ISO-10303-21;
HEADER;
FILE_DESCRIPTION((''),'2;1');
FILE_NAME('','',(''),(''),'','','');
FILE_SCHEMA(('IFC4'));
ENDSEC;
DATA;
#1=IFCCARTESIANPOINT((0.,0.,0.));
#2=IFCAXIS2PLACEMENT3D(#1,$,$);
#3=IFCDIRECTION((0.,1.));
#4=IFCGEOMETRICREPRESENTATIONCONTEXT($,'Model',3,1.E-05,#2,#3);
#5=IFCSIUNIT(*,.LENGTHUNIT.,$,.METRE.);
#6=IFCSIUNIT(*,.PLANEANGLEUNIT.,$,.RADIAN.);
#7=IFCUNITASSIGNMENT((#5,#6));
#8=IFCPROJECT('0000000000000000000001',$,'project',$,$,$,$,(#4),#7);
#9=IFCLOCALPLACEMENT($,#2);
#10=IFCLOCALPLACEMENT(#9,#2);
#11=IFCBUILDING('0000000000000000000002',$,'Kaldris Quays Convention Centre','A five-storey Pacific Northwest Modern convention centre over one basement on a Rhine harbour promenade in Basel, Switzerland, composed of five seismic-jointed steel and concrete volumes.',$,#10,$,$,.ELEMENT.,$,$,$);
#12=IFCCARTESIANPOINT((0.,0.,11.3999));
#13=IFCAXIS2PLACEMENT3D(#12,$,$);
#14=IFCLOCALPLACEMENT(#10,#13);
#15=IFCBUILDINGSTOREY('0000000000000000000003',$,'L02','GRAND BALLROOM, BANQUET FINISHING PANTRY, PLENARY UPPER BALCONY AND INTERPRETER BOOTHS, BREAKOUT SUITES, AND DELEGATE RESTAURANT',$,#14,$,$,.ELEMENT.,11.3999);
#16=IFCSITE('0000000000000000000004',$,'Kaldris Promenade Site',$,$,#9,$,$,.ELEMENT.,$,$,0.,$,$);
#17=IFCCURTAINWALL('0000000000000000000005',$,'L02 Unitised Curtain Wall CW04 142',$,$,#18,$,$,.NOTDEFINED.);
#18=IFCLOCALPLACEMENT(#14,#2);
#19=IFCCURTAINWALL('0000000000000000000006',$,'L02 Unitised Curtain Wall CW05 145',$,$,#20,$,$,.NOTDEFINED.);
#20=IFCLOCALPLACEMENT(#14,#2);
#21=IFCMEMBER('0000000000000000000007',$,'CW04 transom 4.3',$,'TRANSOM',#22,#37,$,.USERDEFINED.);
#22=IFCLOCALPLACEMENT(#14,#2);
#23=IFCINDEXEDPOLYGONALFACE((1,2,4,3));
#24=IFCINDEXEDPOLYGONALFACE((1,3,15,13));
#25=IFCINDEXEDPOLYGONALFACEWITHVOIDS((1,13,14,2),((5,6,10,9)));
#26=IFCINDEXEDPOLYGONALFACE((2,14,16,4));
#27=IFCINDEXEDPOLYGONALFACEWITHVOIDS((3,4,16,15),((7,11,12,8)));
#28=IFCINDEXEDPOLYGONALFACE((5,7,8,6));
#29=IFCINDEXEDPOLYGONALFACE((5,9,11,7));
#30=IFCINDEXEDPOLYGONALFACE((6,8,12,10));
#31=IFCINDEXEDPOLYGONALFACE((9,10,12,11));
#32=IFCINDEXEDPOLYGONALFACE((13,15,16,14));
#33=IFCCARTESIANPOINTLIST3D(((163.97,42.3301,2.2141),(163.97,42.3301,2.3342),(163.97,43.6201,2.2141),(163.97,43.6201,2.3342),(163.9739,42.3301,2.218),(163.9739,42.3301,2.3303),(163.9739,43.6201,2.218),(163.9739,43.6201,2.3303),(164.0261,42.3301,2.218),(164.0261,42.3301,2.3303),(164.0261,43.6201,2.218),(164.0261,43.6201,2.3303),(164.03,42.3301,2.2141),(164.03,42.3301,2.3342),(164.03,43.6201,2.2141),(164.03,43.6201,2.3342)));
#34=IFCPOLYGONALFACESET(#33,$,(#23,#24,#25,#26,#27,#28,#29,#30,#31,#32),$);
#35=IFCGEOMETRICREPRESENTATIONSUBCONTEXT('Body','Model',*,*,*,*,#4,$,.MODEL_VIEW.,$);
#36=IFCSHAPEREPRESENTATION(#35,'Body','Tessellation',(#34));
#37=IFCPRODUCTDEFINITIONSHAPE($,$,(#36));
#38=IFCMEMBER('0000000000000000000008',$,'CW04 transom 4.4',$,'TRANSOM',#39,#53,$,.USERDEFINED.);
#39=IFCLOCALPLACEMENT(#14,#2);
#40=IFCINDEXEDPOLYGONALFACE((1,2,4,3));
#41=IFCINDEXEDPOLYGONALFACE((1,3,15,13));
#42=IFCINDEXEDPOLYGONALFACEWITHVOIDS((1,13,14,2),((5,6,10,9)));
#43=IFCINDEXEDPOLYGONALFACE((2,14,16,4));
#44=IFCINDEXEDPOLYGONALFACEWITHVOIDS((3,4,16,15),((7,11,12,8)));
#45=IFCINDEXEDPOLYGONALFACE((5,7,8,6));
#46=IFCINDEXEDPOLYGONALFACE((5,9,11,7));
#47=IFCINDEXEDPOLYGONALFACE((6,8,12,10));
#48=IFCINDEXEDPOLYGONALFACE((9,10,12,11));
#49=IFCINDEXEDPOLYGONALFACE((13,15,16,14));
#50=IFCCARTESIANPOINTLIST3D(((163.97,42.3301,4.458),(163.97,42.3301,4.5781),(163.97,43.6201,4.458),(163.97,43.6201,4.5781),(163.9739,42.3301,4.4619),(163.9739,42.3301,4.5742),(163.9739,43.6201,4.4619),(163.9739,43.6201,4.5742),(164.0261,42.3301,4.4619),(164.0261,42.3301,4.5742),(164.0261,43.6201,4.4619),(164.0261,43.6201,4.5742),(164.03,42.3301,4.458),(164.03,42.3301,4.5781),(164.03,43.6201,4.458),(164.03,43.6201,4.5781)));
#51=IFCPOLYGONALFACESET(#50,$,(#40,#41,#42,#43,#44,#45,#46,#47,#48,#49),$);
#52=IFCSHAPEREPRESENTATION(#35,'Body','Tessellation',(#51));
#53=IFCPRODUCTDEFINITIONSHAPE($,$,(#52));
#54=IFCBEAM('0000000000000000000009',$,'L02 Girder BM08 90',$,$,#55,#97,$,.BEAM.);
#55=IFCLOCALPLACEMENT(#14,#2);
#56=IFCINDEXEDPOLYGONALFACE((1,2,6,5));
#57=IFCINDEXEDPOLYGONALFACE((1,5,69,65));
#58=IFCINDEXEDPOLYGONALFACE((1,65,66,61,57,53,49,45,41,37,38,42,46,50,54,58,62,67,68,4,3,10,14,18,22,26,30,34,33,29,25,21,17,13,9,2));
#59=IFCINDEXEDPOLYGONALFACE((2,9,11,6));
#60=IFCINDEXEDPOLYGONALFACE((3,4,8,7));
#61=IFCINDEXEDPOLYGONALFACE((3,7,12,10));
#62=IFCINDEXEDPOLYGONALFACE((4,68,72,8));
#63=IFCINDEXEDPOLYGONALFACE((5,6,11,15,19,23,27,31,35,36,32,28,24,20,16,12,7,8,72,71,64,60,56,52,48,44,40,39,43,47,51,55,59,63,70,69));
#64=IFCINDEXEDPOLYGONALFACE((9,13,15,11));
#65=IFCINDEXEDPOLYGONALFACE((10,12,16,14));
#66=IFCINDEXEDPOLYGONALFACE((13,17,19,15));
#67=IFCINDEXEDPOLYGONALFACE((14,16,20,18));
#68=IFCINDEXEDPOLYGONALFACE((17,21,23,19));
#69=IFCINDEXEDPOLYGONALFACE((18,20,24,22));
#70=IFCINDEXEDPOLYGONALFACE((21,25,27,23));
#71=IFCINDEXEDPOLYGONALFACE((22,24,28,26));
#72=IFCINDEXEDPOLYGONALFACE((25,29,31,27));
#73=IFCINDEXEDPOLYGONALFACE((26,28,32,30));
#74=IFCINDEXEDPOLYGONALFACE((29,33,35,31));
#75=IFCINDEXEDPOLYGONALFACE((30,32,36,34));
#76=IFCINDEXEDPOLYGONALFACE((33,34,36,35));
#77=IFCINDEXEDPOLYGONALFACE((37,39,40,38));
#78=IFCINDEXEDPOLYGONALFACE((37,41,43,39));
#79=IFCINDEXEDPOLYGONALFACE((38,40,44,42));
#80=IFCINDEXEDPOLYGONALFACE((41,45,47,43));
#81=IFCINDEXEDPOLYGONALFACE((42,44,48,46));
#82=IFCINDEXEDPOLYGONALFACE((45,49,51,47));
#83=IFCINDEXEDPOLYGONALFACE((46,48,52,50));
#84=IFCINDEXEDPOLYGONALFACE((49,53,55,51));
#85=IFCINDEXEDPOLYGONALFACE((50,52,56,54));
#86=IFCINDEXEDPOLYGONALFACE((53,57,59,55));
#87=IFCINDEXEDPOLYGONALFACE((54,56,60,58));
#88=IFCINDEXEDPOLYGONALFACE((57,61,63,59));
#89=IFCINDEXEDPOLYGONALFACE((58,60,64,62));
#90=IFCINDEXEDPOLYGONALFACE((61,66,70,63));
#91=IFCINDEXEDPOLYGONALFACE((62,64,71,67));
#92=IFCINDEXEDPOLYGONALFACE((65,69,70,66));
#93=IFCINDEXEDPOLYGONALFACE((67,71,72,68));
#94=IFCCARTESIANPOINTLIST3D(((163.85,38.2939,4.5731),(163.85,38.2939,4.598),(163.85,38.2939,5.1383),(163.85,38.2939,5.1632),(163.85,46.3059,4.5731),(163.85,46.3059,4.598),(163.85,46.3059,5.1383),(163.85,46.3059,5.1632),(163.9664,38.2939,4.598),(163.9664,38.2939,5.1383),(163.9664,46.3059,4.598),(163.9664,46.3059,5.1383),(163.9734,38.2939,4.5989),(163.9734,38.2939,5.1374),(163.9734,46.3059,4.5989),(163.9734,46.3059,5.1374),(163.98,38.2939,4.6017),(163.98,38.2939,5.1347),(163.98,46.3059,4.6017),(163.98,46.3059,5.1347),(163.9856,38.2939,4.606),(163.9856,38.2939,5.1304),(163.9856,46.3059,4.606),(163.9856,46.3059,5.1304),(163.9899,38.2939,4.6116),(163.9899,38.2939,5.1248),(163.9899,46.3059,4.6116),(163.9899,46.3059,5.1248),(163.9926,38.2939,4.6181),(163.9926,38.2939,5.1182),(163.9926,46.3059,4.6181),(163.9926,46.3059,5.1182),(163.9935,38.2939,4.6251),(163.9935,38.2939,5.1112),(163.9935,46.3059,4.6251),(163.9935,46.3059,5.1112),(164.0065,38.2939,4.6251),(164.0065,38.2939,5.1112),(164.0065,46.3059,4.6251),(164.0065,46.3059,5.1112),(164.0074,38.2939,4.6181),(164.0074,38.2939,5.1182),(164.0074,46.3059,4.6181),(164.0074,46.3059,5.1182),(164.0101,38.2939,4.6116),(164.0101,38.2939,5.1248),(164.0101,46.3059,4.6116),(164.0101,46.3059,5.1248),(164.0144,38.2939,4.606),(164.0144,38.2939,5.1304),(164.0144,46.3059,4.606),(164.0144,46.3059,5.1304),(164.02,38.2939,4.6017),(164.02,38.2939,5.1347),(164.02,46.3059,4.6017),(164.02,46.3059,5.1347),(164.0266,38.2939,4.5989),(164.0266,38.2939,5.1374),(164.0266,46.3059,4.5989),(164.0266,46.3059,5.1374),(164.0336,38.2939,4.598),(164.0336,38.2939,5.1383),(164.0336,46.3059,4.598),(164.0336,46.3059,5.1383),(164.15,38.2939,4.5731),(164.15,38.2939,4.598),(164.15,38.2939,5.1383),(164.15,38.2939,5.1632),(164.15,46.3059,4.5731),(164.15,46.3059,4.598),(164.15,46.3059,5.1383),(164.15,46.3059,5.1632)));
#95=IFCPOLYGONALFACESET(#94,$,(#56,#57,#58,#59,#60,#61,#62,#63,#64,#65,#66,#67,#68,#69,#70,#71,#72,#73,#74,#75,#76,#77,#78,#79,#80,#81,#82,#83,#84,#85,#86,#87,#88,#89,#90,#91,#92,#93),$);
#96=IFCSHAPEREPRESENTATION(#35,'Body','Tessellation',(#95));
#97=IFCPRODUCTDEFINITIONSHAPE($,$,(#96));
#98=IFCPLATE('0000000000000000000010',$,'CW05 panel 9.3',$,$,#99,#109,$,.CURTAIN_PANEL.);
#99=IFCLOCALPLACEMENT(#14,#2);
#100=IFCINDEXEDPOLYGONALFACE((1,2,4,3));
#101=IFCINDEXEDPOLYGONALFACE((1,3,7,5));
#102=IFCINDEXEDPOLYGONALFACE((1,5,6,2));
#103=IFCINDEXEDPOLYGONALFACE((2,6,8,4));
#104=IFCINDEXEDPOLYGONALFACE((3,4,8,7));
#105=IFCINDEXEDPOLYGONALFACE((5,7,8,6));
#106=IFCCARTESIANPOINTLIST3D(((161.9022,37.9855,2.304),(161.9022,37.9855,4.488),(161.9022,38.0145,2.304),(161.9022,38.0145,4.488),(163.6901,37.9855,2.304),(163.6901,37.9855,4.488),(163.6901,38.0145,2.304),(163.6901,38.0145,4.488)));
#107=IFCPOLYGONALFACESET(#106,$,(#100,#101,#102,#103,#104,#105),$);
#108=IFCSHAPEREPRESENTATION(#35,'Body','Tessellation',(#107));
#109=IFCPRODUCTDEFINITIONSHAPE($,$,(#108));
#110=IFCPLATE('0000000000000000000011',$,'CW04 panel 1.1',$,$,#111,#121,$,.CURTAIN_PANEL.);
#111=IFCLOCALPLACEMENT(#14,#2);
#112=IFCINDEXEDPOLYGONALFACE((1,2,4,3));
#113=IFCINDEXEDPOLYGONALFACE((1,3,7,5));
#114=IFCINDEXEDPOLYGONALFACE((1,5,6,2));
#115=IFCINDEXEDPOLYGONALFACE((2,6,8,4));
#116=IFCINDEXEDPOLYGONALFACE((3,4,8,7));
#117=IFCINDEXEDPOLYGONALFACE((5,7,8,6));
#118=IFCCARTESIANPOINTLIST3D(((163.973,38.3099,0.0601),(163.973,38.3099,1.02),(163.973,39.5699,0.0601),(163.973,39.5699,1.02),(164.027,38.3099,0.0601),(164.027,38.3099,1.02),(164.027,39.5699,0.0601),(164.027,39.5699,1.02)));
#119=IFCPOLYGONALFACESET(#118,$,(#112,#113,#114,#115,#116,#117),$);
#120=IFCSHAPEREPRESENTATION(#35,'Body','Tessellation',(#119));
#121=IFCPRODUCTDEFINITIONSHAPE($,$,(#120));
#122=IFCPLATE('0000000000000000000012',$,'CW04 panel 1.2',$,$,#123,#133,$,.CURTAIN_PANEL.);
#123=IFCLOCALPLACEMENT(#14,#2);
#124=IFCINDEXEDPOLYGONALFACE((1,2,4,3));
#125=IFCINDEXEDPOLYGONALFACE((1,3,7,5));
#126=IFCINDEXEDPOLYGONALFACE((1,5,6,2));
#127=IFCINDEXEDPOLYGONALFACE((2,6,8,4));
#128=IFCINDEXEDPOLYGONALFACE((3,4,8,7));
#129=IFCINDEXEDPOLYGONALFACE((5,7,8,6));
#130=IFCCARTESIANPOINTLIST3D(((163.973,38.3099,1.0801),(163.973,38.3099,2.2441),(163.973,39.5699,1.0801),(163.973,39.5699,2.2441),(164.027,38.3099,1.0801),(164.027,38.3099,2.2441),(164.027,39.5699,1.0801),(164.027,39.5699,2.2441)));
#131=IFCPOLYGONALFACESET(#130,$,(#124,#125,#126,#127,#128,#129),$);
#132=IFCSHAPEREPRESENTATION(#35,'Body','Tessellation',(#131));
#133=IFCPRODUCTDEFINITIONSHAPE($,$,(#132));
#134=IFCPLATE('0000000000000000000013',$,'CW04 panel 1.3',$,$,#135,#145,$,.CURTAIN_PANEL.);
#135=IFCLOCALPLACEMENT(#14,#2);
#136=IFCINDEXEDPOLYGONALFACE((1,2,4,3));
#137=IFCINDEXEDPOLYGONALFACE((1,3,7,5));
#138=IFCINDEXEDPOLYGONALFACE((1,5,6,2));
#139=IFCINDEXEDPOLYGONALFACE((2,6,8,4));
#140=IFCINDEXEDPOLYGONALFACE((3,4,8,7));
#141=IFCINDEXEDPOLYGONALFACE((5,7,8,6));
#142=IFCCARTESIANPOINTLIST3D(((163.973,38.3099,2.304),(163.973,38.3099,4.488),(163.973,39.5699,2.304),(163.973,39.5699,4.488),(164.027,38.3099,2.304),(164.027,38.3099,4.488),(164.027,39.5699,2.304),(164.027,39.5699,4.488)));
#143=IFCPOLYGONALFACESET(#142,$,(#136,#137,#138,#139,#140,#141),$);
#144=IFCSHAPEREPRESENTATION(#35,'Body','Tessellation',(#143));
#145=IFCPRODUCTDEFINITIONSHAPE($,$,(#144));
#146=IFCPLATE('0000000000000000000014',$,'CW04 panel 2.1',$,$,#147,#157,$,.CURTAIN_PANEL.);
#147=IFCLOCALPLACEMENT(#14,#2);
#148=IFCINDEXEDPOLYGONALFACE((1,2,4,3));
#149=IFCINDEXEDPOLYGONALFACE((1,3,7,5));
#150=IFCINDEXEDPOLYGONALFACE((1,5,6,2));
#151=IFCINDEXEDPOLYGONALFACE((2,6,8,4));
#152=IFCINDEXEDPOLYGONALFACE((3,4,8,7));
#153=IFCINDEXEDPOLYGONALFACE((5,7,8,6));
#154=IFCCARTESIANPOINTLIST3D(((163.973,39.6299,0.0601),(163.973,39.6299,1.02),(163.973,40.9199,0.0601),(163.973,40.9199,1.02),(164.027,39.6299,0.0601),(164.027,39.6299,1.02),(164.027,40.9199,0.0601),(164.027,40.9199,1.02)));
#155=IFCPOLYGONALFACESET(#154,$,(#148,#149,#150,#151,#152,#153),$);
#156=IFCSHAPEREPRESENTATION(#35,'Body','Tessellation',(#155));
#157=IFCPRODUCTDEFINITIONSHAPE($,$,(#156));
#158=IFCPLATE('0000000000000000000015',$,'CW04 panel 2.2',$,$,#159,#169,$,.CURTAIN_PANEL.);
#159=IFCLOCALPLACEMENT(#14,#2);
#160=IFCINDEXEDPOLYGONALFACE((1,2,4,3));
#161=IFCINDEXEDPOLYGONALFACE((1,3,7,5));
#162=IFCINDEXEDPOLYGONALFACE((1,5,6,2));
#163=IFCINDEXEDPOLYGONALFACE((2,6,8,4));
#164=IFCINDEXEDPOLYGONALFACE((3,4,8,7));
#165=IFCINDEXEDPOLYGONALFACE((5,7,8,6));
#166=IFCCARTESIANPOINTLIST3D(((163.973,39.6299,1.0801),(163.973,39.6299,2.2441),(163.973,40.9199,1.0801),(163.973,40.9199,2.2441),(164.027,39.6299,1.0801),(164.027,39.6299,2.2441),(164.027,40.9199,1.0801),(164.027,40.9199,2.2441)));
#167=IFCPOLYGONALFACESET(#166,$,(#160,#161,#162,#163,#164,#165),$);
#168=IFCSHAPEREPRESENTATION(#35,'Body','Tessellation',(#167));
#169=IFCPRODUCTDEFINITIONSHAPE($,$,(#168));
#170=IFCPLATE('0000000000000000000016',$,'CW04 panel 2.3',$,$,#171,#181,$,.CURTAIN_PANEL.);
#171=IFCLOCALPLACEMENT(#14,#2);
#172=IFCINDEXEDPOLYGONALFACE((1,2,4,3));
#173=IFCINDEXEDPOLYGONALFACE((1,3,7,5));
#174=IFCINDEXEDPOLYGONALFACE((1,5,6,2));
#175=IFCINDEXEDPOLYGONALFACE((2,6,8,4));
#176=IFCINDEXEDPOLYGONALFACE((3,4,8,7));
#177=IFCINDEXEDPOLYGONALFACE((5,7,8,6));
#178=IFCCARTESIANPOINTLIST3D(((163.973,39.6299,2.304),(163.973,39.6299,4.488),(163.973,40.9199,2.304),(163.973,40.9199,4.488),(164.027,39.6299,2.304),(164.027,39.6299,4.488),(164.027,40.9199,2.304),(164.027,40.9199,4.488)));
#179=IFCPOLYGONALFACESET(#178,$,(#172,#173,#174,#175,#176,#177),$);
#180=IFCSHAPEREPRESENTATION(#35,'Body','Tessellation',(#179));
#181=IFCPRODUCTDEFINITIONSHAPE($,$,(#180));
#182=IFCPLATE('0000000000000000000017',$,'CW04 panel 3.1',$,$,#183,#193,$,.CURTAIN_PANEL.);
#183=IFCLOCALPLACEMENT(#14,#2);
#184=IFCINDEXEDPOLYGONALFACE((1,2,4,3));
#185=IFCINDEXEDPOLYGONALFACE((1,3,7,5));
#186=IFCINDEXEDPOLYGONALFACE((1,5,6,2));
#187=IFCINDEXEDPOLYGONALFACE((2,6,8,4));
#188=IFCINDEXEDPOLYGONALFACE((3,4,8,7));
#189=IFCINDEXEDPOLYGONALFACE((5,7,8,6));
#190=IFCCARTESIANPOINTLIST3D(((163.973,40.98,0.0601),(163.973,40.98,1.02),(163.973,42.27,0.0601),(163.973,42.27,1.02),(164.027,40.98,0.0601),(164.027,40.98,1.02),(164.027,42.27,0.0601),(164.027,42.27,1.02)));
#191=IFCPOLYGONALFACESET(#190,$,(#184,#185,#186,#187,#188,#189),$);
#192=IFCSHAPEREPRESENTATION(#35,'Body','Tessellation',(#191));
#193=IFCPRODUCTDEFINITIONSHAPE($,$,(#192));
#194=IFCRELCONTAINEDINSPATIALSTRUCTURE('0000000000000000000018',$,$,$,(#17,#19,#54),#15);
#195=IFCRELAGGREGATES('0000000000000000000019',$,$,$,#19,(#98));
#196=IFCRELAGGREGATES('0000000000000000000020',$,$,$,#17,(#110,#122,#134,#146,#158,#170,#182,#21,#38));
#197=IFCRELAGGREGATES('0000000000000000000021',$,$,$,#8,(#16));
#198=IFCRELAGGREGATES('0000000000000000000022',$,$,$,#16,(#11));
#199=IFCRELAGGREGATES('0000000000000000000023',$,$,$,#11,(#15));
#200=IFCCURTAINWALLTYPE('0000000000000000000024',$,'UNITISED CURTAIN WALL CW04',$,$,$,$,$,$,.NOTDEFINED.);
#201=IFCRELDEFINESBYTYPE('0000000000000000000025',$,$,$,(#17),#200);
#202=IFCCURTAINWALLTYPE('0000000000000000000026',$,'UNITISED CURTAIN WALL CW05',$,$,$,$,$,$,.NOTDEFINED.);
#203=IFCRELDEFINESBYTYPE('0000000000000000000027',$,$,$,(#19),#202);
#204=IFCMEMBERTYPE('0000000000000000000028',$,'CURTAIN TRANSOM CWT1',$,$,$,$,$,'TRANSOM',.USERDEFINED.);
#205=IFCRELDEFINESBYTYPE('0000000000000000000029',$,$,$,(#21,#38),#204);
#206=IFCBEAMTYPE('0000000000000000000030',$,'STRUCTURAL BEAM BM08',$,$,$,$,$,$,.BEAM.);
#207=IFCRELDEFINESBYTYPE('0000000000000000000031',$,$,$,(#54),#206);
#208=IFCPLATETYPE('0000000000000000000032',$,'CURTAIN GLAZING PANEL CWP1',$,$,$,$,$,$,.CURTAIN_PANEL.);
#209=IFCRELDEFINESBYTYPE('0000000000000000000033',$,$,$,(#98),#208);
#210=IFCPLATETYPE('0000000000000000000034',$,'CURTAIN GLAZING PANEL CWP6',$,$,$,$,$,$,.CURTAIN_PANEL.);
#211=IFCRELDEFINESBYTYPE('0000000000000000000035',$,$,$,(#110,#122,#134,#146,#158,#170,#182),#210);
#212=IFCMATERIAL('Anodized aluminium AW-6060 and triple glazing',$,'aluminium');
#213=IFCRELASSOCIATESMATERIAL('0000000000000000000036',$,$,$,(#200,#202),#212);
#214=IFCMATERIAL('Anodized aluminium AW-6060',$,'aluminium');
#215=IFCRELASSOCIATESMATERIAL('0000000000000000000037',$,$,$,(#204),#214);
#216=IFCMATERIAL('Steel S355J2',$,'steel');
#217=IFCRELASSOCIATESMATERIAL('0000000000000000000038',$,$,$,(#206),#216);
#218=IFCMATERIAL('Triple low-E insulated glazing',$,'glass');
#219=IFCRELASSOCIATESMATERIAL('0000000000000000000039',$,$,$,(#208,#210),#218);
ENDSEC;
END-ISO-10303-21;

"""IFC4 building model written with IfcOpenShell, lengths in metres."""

from ifc_helpers import new_model, si_unit, direction, frame, origin, origin_2d, place, context, subcontext, project, spatial, rectangle, hollow_rectangle, i_section, extrude, material, material_profile, profile_set, type_object, element, aggregate, save


model = new_model("IFC4")

# Units and contexts
model_context = context("Model", 3, precision=1e-05, world=origin(), true_north=direction((0.0, 1.0)))
body_context = subcontext(model_context, "Body", "Model", "MODEL_VIEW")
ifc_project = project(units=[si_unit("LENGTHUNIT", "METRE"), si_unit("PLANEANGLEUNIT", "RADIAN")], contexts=[model_context])

# Site, building, storey
site_placement = place(None, origin())
site = spatial("IfcSite", under=ifc_project, at=site_placement, Name="Kaldris Promenade Site", CompositionType="ELEMENT", RefElevation=0.0)
building_placement = place(site_placement, origin())
building = spatial("IfcBuilding", under=site, at=building_placement, Name="Kaldris Quays Convention Centre", Description="A five-storey Pacific Northwest Modern convention centre over one basement on a Rhine harbour promenade in Basel, Switzerland, composed of five seismic-jointed steel and concrete volumes.", CompositionType="ELEMENT")
storey_placement = place(building_placement, frame((0.0, 0.0, 11.3999)))
storey = spatial("IfcBuildingStorey", under=building, at=storey_placement, Name="L02", Description="GRAND BALLROOM, BANQUET FINISHING PANTRY, PLENARY UPPER BALCONY AND INTERPRETER BOOTHS, BREAKOUT SUITES, AND DELEGATE RESTAURANT", CompositionType="ELEMENT", Elevation=11.3999)

# Shared definitions
ifc_material_1 = material(Name="Steel S355J2", Category="steel")

# Curtain wall
ifc_material_2 = material(Name="Anodized aluminium AW-6060 and triple glazing", Category="aluminium")
curtain_wall_type_1 = type_object("IfcCurtainWallType", Name="UNITISED CURTAIN WALL CW04", PredefinedType="NOTDEFINED", material=ifc_material_2)
curtain_wall_1_placement = place(storey_placement, origin())
curtain_wall_1 = element("IfcCurtainWall", 1, at=curtain_wall_1_placement, inside=storey, type_object=curtain_wall_type_1, Name="L02 Unitised Curtain Wall CW04 142", PredefinedType="NOTDEFINED")
ifc_material_3 = material(Name="Anodized aluminium AW-6060", Category="aluminium")

# Curtain wall
curtain_wall_type_2 = type_object("IfcCurtainWallType", Name="UNITISED CURTAIN WALL CW05", PredefinedType="NOTDEFINED", material=ifc_material_2)
curtain_wall_2_placement = place(storey_placement, origin())
curtain_wall_2 = element("IfcCurtainWall", 2, at=curtain_wall_2_placement, inside=storey, type_object=curtain_wall_type_2, Name="L02 Unitised Curtain Wall CW05 145", PredefinedType="NOTDEFINED")

# Members
ifc_material_profile_1 = material_profile(ifc_material_3, hollow_rectangle(XDim=0.0601, YDim=0.1201, WallThickness=0.0039, at=origin_2d()), Name="RHS 120x60x4")
ifc_profile_set_1 = profile_set([ifc_material_profile_1], Name="Anodized aluminium AW-6060")
member_type_1 = type_object("IfcMemberType", Name="CURTAIN TRANSOM CWT1", ElementType="TRANSOM", PredefinedType="USERDEFINED", material=ifc_profile_set_1)
member_1_placement = place(storey_placement, frame((164.0, 42.3301, 2.2742), z_axis=(0.0, 1.0, 0.0), x_axis=(-1.0, 0.0, 0.0)))
member_1 = element("IfcMember", 3, at=member_1_placement, type_object=member_type_1, Name="CW04 transom 4.3", ObjectType="TRANSOM", PredefinedType="USERDEFINED", context=body_context, shape_type="SweptSolid", body=[
    extrude(hollow_rectangle(XDim=0.0601, YDim=0.1201, WallThickness=0.0039, at=origin_2d()), origin(), (0.0, 0.0, 1.0), 1.29),
])
member_2_placement = place(storey_placement, frame((164.0, 42.3301, 4.5181), z_axis=(0.0, 1.0, 0.0), x_axis=(-1.0, 0.0, 0.0)))
member_2 = element("IfcMember", 4, at=member_2_placement, type_object=member_type_1, Name="CW04 transom 4.4", ObjectType="TRANSOM", PredefinedType="USERDEFINED", context=body_context, shape_type="SweptSolid", body=[
    extrude(hollow_rectangle(XDim=0.0601, YDim=0.1201, WallThickness=0.0039, at=origin_2d()), origin(), (0.0, 0.0, 1.0), 1.29),
])

# Beam
ifc_material_profile_2 = material_profile(ifc_material_1, i_section(OverallWidth=0.3, OverallDepth=0.5901, WebThickness=0.0129, FlangeThickness=0.0249, FilletRadius=0.0271, at=origin_2d()), Name="HEA 600")
ifc_profile_set_2 = profile_set([ifc_material_profile_2], Name="Steel S355J2")
beam_type = type_object("IfcBeamType", Name="STRUCTURAL BEAM BM08", PredefinedType="BEAM", material=ifc_profile_set_2)
beam_placement = place(storey_placement, frame((164.0, 38.2939, 4.8682), z_axis=(0.0, 1.0, 0.0), x_axis=(-1.0, 0.0, 0.0)))
element("IfcBeam", 5, at=beam_placement, inside=storey, type_object=beam_type, Name="L02 Girder BM08 90", PredefinedType="BEAM", context=body_context, shape_type="SweptSolid", body=[
    extrude(i_section(OverallWidth=0.3, OverallDepth=0.5901, WebThickness=0.0129, FlangeThickness=0.0249, FilletRadius=0.0271, at=origin_2d()), origin(), (0.0, 0.0, 1.0), 8.012),
])

# Plates
ifc_material_4 = material(Name="Triple low-E insulated glazing", Category="glass")
plate_type_1 = type_object("IfcPlateType", Name="CURTAIN GLAZING PANEL CWP1", PredefinedType="CURTAIN_PANEL", material=ifc_material_4)
plate_1_placement = place(storey_placement, frame((162.7961, 38.0, 2.304), z_axis=(0.0, 0.0, 1.0), x_axis=(1.0, 0.0, 0.0)))
plate_1 = element("IfcPlate", 6, at=plate_1_placement, type_object=plate_type_1, Name="CW05 panel 9.3", PredefinedType="CURTAIN_PANEL", context=body_context, shape_type="SweptSolid", body=[
    extrude(rectangle(XDim=1.7878, YDim=0.0291, at=origin_2d()), origin(), (0.0, 0.0, 1.0), 2.1841),
])
aggregate(curtain_wall_2, [plate_1])
plate_type_2 = type_object("IfcPlateType", Name="CURTAIN GLAZING PANEL CWP6", PredefinedType="CURTAIN_PANEL", material=ifc_material_4)
plate_2_placement = place(storey_placement, frame((164.0, 38.9399, 0.0601), z_axis=(0.0, 0.0, 1.0), x_axis=(0.0, 1.0, 0.0)))
plate_2 = element("IfcPlate", 7, at=plate_2_placement, type_object=plate_type_2, Name="CW04 panel 1.1", PredefinedType="CURTAIN_PANEL", context=body_context, shape_type="SweptSolid", body=[
    extrude(rectangle(XDim=1.26, YDim=0.054, at=origin_2d()), origin(), (0.0, 0.0, 1.0), 0.96),
])
plate_3_placement = place(storey_placement, frame((164.0, 38.9399, 1.0801), z_axis=(0.0, 0.0, 1.0), x_axis=(0.0, 1.0, 0.0)))
plate_3 = element("IfcPlate", 8, at=plate_3_placement, type_object=plate_type_2, Name="CW04 panel 1.2", PredefinedType="CURTAIN_PANEL", context=body_context, shape_type="SweptSolid", body=[
    extrude(rectangle(XDim=1.26, YDim=0.054, at=origin_2d()), origin(), (0.0, 0.0, 1.0), 1.1641),
])
plate_4_placement = place(storey_placement, frame((164.0, 38.9399, 2.304), z_axis=(0.0, 0.0, 1.0), x_axis=(0.0, 1.0, 0.0)))
plate_4 = element("IfcPlate", 9, at=plate_4_placement, type_object=plate_type_2, Name="CW04 panel 1.3", PredefinedType="CURTAIN_PANEL", context=body_context, shape_type="SweptSolid", body=[
    extrude(rectangle(XDim=1.26, YDim=0.054, at=origin_2d()), origin(), (0.0, 0.0, 1.0), 2.1841),
])
plate_5_placement = place(storey_placement, frame((164.0, 40.2749, 0.0601), z_axis=(0.0, 0.0, 1.0), x_axis=(0.0, 1.0, 0.0)))
plate_5 = element("IfcPlate", 10, at=plate_5_placement, type_object=plate_type_2, Name="CW04 panel 2.1", PredefinedType="CURTAIN_PANEL", context=body_context, shape_type="SweptSolid", body=[
    extrude(rectangle(XDim=1.29, YDim=0.054, at=origin_2d()), origin(), (0.0, 0.0, 1.0), 0.96),
])
plate_6_placement = place(storey_placement, frame((164.0, 40.2749, 1.0801), z_axis=(0.0, 0.0, 1.0), x_axis=(0.0, 1.0, 0.0)))
plate_6 = element("IfcPlate", 11, at=plate_6_placement, type_object=plate_type_2, Name="CW04 panel 2.2", PredefinedType="CURTAIN_PANEL", context=body_context, shape_type="SweptSolid", body=[
    extrude(rectangle(XDim=1.29, YDim=0.054, at=origin_2d()), origin(), (0.0, 0.0, 1.0), 1.1641),
])
plate_7_placement = place(storey_placement, frame((164.0, 40.2749, 2.304), z_axis=(0.0, 0.0, 1.0), x_axis=(0.0, 1.0, 0.0)))
plate_7 = element("IfcPlate", 12, at=plate_7_placement, type_object=plate_type_2, Name="CW04 panel 2.3", PredefinedType="CURTAIN_PANEL", context=body_context, shape_type="SweptSolid", body=[
    extrude(rectangle(XDim=1.29, YDim=0.054, at=origin_2d()), origin(), (0.0, 0.0, 1.0), 2.1841),
])
plate_8_placement = place(storey_placement, frame((164.0, 41.625, 0.0601), z_axis=(0.0, 0.0, 1.0), x_axis=(0.0, 1.0, 0.0)))
plate_8 = element("IfcPlate", 13, at=plate_8_placement, type_object=plate_type_2, Name="CW04 panel 3.1", PredefinedType="CURTAIN_PANEL", context=body_context, shape_type="SweptSolid", body=[
    extrude(rectangle(XDim=1.29, YDim=0.054, at=origin_2d()), origin(), (0.0, 0.0, 1.0), 0.96),
])
aggregate(curtain_wall_1, [plate_2, plate_3, plate_4, plate_5, plate_6, plate_7, plate_8, member_1, member_2])

save(model, "model.ifc")
